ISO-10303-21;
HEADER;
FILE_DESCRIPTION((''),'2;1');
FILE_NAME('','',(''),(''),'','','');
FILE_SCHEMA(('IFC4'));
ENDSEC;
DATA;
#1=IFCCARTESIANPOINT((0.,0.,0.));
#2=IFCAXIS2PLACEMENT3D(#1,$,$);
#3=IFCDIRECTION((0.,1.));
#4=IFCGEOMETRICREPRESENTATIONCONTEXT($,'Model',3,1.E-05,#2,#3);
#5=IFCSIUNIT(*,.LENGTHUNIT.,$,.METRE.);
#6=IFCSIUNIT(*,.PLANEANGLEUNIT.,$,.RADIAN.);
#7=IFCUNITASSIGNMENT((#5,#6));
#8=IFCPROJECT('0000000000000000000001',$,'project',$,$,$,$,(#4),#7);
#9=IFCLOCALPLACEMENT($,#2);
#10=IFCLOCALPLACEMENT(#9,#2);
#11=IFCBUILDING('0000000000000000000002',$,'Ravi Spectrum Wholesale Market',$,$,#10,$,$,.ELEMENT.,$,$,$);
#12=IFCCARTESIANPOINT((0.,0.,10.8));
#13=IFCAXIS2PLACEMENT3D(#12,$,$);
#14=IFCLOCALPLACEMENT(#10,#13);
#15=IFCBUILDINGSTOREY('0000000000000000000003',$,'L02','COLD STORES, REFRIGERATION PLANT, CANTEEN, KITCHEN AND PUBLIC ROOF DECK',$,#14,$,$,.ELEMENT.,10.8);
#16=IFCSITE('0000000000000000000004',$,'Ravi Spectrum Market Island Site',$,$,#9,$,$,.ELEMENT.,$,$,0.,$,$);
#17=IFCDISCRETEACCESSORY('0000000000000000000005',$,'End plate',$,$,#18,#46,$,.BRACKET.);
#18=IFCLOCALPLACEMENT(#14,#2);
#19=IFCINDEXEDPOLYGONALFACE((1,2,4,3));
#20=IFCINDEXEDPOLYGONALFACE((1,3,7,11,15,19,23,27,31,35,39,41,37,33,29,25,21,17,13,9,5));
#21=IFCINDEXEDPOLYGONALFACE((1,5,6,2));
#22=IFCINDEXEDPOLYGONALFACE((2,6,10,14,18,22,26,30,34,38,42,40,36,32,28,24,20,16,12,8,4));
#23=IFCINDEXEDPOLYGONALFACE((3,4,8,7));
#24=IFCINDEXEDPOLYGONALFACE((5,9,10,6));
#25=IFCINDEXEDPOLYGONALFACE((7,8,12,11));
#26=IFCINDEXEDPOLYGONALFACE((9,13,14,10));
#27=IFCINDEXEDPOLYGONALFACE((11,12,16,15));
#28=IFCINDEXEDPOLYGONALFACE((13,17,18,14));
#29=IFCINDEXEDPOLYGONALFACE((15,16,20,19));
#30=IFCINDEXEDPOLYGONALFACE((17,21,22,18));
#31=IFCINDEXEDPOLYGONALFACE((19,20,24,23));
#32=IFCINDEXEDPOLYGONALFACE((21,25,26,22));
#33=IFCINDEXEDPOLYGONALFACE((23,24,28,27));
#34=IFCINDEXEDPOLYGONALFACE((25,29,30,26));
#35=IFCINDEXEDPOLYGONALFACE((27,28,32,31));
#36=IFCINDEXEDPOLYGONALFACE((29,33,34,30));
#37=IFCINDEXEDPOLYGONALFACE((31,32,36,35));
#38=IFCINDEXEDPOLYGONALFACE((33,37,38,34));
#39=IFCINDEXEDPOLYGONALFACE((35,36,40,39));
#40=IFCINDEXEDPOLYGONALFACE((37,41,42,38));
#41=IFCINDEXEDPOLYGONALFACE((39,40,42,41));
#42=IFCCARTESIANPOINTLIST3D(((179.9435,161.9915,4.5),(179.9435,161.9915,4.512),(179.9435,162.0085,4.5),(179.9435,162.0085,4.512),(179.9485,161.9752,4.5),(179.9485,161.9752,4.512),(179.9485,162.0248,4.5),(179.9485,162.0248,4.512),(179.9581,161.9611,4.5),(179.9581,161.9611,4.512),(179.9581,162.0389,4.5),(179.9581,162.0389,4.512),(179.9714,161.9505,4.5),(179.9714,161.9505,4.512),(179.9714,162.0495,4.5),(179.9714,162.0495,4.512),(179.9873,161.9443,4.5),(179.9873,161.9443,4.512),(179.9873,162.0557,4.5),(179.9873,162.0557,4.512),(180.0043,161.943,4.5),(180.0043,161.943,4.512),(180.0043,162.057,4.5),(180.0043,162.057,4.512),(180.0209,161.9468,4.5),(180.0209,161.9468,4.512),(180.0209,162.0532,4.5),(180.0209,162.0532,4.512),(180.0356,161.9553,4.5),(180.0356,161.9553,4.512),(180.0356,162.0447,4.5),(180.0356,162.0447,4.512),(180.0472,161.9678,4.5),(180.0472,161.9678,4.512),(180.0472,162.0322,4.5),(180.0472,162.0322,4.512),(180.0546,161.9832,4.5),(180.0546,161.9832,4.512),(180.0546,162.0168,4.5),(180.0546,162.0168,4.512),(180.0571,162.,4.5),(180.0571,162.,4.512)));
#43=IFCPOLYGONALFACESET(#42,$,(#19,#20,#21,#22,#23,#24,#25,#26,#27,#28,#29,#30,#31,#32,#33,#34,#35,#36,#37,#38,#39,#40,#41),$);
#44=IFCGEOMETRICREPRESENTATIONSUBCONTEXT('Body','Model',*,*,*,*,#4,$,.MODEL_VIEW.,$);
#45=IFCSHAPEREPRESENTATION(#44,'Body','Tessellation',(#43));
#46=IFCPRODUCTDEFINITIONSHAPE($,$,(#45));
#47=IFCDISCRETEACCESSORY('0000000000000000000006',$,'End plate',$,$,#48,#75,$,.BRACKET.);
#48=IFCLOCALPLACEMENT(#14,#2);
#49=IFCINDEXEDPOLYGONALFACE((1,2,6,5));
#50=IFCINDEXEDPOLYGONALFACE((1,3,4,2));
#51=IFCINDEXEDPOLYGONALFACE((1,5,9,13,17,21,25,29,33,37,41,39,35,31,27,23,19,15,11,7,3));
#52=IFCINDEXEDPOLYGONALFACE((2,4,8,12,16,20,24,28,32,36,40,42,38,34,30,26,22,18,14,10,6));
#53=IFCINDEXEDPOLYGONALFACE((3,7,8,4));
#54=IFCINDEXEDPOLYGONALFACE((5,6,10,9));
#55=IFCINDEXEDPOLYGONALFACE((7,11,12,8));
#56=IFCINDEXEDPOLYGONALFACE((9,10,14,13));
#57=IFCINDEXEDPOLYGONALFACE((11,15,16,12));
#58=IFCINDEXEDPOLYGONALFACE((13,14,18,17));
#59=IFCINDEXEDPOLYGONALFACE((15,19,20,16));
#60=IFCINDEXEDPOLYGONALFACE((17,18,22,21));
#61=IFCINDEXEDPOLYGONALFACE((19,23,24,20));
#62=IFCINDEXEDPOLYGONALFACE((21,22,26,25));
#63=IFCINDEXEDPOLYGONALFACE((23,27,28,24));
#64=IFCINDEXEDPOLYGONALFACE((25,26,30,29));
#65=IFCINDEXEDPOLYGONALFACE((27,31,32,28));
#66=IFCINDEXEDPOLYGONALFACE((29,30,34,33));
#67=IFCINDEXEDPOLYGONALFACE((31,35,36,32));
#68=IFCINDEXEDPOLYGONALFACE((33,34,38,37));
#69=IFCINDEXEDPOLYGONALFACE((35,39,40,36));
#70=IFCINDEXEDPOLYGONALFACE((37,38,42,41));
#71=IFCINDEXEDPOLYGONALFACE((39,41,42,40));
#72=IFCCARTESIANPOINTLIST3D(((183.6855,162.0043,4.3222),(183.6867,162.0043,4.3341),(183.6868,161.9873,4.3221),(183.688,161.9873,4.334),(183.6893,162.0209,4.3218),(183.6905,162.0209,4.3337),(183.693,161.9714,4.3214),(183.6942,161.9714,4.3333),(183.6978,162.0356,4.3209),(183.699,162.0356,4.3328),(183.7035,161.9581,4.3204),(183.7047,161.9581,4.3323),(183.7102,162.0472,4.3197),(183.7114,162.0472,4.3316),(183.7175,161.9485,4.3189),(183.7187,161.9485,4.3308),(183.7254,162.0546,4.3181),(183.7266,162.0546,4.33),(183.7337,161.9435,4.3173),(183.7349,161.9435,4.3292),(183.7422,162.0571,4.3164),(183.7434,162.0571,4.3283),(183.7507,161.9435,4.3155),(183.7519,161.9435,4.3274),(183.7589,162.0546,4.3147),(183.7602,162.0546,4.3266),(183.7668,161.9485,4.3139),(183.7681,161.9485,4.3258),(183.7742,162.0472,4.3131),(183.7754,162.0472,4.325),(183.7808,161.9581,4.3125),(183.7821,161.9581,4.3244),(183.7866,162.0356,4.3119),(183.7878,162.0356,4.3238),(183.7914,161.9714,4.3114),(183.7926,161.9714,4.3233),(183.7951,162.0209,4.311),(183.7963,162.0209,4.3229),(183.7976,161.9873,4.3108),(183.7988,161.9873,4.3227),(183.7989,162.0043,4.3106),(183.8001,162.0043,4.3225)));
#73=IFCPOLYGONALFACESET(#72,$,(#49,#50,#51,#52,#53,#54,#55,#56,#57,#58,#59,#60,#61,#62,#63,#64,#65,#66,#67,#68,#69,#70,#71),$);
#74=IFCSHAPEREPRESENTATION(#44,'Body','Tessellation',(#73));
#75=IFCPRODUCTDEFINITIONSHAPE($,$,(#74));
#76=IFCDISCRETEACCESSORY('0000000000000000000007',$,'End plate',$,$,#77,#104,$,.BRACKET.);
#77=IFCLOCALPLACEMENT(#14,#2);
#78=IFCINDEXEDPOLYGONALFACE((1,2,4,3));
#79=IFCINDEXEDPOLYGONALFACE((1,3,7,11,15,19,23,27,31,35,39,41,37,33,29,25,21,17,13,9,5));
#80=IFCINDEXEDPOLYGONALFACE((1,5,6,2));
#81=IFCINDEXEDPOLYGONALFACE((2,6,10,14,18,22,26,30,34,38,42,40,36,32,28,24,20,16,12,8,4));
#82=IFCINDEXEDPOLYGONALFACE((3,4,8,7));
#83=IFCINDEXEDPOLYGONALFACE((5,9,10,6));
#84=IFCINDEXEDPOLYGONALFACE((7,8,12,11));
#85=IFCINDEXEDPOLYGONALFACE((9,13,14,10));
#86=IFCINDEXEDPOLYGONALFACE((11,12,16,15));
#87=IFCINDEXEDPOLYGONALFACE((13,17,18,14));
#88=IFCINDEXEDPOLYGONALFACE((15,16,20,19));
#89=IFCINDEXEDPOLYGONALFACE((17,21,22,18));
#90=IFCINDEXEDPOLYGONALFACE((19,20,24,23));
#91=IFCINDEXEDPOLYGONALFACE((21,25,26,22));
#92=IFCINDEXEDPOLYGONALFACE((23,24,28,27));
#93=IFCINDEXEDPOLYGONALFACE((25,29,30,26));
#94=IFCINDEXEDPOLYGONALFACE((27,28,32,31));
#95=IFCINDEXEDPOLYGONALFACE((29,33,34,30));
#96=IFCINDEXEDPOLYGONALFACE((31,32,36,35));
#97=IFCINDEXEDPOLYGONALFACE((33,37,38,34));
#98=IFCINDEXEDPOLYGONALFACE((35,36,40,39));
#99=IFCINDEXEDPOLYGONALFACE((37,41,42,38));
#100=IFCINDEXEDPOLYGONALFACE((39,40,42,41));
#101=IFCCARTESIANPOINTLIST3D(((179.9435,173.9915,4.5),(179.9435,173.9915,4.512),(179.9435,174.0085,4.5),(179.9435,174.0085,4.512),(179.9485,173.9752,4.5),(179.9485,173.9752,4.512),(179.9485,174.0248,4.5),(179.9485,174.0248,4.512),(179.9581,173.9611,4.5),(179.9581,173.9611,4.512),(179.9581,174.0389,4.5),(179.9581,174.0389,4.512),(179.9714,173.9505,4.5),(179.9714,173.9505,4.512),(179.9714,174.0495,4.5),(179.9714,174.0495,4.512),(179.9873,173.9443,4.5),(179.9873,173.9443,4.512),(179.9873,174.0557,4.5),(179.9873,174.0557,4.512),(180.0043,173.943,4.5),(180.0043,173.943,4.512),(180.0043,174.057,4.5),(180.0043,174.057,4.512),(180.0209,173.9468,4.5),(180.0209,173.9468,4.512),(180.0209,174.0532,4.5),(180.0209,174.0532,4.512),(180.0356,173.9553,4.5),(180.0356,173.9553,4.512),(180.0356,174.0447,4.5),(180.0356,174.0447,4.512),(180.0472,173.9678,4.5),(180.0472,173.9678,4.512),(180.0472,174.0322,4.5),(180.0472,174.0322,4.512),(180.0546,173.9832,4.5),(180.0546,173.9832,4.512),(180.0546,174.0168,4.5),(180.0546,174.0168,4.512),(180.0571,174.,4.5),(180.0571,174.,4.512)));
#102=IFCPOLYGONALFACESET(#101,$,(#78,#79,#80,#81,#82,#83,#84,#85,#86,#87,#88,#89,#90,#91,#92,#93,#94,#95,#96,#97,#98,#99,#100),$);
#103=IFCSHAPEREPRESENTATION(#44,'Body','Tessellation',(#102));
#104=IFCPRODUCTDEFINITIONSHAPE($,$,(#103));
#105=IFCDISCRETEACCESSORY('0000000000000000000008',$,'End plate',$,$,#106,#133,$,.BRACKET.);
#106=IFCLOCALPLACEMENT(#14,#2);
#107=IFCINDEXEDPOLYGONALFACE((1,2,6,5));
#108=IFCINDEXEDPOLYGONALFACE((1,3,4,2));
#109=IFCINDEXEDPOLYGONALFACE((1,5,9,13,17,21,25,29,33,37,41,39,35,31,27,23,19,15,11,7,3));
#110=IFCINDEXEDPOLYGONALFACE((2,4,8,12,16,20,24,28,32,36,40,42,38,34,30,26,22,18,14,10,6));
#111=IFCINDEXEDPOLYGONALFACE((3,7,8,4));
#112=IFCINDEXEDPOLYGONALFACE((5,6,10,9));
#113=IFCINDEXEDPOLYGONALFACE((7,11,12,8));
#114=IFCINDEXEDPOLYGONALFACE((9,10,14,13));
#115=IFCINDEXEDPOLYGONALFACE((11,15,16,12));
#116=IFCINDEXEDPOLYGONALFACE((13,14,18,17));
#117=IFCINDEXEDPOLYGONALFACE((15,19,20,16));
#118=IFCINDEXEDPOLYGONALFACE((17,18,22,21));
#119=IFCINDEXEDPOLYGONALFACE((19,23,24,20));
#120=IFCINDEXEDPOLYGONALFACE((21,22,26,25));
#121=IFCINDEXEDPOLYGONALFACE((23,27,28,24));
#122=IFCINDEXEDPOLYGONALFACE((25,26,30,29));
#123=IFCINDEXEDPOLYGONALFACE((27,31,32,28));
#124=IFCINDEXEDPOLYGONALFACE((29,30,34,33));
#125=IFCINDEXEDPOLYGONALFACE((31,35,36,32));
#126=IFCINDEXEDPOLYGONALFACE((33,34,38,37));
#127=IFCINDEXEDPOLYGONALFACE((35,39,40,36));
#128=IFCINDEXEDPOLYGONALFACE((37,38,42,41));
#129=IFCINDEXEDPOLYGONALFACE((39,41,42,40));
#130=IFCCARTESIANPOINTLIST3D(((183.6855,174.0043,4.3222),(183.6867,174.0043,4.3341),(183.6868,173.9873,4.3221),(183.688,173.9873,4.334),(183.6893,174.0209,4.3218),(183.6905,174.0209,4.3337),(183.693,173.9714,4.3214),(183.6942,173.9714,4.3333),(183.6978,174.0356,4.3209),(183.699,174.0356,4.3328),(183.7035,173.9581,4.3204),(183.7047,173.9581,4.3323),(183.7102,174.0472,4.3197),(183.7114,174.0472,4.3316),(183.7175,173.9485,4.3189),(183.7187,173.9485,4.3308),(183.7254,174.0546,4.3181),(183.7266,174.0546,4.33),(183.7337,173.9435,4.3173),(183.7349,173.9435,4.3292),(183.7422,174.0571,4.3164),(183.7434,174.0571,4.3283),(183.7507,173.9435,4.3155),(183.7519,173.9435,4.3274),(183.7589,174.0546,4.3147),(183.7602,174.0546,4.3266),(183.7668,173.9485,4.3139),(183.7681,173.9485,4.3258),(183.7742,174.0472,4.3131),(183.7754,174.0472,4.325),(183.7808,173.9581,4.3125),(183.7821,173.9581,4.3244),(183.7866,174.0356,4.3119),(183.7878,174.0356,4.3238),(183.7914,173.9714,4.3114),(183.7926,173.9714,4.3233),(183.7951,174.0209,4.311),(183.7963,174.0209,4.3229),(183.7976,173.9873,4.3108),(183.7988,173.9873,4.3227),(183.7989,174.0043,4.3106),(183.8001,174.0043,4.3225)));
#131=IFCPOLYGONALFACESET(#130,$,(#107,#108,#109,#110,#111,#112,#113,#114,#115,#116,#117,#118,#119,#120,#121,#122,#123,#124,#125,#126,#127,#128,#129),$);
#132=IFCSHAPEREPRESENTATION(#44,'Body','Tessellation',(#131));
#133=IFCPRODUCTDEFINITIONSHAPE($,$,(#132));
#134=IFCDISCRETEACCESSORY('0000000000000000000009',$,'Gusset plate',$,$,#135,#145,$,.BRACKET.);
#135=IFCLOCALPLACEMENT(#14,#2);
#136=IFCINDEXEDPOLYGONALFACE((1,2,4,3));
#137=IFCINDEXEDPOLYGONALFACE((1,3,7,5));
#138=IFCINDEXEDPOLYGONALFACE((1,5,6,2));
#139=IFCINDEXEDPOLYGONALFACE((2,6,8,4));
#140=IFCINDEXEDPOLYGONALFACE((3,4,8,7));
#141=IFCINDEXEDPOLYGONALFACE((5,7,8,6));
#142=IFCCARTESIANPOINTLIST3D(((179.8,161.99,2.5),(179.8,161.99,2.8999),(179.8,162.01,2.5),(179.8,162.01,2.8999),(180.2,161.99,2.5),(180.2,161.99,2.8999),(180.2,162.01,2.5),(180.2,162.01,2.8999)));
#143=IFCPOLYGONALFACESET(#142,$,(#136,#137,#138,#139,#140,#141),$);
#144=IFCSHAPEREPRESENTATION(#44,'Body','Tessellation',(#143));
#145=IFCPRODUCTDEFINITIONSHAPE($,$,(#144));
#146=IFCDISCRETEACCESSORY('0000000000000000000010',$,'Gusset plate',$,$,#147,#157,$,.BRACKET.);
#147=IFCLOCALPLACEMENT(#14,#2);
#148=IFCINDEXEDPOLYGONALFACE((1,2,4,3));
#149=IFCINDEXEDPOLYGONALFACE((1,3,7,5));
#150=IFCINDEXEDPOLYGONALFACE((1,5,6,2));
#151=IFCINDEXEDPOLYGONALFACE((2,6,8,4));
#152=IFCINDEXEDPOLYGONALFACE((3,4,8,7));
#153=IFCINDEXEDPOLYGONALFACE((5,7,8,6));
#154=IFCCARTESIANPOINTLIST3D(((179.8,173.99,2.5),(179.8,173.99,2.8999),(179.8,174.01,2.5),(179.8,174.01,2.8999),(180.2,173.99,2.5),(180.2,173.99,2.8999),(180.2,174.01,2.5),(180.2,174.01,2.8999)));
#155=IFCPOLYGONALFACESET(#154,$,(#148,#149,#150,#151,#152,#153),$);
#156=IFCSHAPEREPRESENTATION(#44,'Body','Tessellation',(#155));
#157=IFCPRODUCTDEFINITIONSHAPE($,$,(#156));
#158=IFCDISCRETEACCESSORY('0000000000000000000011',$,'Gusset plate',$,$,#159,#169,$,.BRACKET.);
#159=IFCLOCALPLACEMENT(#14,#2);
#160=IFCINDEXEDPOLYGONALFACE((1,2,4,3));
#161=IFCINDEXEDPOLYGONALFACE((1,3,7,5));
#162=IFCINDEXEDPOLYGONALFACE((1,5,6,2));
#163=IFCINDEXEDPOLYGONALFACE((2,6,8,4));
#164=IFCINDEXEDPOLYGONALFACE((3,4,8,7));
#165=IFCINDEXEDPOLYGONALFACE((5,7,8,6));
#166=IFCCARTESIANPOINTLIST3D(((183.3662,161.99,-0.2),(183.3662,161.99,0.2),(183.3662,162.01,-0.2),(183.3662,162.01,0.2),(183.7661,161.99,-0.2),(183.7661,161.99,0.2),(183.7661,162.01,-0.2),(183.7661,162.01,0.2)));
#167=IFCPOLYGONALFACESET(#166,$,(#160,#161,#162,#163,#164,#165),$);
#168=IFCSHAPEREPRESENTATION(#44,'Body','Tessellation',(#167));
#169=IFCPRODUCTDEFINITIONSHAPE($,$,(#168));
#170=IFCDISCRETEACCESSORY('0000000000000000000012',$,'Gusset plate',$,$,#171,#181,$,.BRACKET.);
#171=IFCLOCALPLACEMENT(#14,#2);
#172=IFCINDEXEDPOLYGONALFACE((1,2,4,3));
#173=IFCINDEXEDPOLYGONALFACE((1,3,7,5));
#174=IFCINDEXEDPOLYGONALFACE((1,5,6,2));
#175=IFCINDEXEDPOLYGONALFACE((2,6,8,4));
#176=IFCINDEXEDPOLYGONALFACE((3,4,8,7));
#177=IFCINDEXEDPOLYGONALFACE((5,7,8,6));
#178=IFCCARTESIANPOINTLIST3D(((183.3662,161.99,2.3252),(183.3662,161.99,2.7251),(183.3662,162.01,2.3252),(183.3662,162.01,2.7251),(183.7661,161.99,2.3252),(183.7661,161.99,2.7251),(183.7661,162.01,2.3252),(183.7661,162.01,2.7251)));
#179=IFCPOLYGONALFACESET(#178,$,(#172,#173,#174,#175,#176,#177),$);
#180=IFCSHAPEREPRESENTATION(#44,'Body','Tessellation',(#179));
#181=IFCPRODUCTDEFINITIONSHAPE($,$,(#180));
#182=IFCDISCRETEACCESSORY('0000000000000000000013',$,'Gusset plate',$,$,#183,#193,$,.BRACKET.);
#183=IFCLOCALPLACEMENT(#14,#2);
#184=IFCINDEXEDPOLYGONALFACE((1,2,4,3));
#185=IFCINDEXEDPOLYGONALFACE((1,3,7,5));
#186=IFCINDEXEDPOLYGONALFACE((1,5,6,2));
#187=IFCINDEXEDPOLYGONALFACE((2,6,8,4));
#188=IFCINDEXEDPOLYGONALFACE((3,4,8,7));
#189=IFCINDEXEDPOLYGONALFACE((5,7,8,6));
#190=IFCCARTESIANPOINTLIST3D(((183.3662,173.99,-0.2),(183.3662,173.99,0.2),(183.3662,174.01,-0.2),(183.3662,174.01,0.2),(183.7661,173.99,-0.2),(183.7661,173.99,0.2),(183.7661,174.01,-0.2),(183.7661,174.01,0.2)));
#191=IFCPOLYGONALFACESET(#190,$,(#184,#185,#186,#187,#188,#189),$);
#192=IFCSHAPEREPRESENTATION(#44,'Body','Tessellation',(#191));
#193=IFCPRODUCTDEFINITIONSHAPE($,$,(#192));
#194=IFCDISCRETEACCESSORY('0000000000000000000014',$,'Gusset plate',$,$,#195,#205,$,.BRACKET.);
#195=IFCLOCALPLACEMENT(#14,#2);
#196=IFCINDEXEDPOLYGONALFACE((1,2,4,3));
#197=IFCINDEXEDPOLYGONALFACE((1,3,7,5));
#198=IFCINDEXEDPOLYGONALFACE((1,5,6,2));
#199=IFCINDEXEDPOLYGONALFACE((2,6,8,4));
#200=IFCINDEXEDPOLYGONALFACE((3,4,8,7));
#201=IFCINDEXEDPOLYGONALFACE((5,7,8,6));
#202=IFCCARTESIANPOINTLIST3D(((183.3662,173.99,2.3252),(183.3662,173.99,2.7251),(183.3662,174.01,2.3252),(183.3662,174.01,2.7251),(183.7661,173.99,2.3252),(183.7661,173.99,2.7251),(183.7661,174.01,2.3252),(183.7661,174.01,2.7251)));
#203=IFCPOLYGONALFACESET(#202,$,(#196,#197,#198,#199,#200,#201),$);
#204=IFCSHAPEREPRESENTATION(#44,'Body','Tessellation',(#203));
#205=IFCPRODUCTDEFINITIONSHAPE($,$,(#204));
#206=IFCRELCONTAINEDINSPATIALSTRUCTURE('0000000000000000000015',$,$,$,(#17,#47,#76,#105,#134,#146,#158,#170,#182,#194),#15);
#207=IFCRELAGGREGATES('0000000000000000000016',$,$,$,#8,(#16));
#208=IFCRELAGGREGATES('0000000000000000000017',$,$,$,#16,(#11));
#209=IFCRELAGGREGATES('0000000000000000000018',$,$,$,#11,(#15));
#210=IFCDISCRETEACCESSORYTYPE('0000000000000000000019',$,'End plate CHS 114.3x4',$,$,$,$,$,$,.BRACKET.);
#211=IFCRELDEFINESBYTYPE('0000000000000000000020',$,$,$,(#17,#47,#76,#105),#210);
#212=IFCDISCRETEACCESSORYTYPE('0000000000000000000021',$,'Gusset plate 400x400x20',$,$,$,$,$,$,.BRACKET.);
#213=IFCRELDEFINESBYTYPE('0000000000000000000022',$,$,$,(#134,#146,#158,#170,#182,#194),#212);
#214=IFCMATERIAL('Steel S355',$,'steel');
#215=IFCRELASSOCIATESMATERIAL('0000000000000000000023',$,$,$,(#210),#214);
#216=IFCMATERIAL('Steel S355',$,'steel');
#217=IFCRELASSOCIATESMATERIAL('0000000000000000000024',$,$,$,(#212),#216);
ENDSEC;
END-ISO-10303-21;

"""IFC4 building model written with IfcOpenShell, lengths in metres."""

from ifc_helpers import new_model, si_unit, direction, frame, origin, origin_2d, place, context, subcontext, project, spatial, rectangle, circle, extrude, material, material_profile, profile_set, type_object, element, save


model = new_model("IFC4")

# Units and contexts
model_context = context("Model", 3, precision=1e-05, world=origin(), true_north=direction((0.0, 1.0)))
body_context = subcontext(model_context, "Body", "Model", "MODEL_VIEW")
ifc_project = project(units=[si_unit("LENGTHUNIT", "METRE"), si_unit("PLANEANGLEUNIT", "RADIAN")], contexts=[model_context])

# Site, building, storey
site_placement = place(None, origin())
site = spatial("IfcSite", under=ifc_project, at=site_placement, Name="Ravi Spectrum Market Island Site", CompositionType="ELEMENT", RefElevation=0.0)
building_placement = place(site_placement, origin())
building = spatial("IfcBuilding", under=site, at=building_placement, Name="Ravi Spectrum Wholesale Market", CompositionType="ELEMENT")
storey_placement = place(building_placement, frame((0.0, 0.0, 10.8)))
storey = spatial("IfcBuildingStorey", under=building, at=storey_placement, Name="L02", Description="COLD STORES, REFRIGERATION PLANT, CANTEEN, KITCHEN AND PUBLIC ROOF DECK", CompositionType="ELEMENT", Elevation=10.8)

# Discrete accessories
ifc_material_1 = material(Name="Steel S355", Category="steel")
ifc_material_profile_1 = material_profile(ifc_material_1, circle(Radius=0.0571, at=origin_2d()))
ifc_profile_set_1 = profile_set([ifc_material_profile_1], Name="Steel S355")
discrete_accessory_type_1 = type_object("IfcDiscreteAccessoryType", Name="End plate CHS 114.3x4", PredefinedType="BRACKET", material=ifc_profile_set_1)
for number, where, z_axis, x_axis, name in (
    (1, (180.0, 162.0, 4.5), (0.0, 0.0, 1.0), (1.0, 0.0, 0.0), "End plate"),
    (2, (183.7422, 162.0, 4.3164), (0.101514, 0.0, 0.994834), (0.0, 1.0, 0.0), "End plate"),
    (3, (180.0, 174.0, 4.5), (0.0, 0.0, 1.0), (1.0, 0.0, 0.0), "End plate"),
    (4, (183.7422, 174.0, 4.3164), (0.101514, 0.0, 0.994834), (0.0, 1.0, 0.0), "End plate"),
):
    element("IfcDiscreteAccessory", number, at=place(storey_placement, frame(where, z_axis=z_axis, x_axis=x_axis)), inside=storey, type_object=discrete_accessory_type_1, Name=name, PredefinedType="BRACKET", context=body_context, shape_type="SweptSolid", body=[
        extrude(circle(Radius=0.0571, at=origin_2d()), origin(), (0.0, 0.0, 1.0), 0.012),
    ])
ifc_material_2 = material(Name="Steel S355", Category="steel")
ifc_material_profile_2 = material_profile(ifc_material_2, rectangle(XDim=0.3999, YDim=0.02, at=origin_2d()))
ifc_profile_set_2 = profile_set([ifc_material_profile_2], Name="Steel S355")
discrete_accessory_type_2 = type_object("IfcDiscreteAccessoryType", Name="Gusset plate 400x400x20", PredefinedType="BRACKET", material=ifc_profile_set_2)
for number, where, z_axis, x_axis, name in (
    (5, (180.0, 162.0, 2.5), (0.0, 0.0, 1.0), (1.0, 0.0, 0.0), "Gusset plate"),
    (6, (180.0, 174.0, 2.5), (0.0, 0.0, 1.0), (1.0, 0.0, 0.0), "Gusset plate"),
    (7, (183.5662, 162.0, -0.2), (0.0, 0.0, 1.0), (1.0, 0.0, 0.0), "Gusset plate"),
    (8, (183.5662, 162.0, 2.3252), (0.0, 0.0, 1.0), (-1.0, 0.0, 0.0), "Gusset plate"),
    (9, (183.5662, 174.0, -0.2), (0.0, 0.0, 1.0), (1.0, 0.0, 0.0), "Gusset plate"),
    (10, (183.5662, 174.0, 2.3252), (0.0, 0.0, 1.0), (-1.0, 0.0, 0.0), "Gusset plate"),
):
    element("IfcDiscreteAccessory", number, at=place(storey_placement, frame(where, z_axis=z_axis, x_axis=x_axis)), inside=storey, type_object=discrete_accessory_type_2, Name=name, PredefinedType="BRACKET", context=body_context, shape_type="SweptSolid", body=[
        extrude(rectangle(XDim=0.3999, YDim=0.02, at=origin_2d()), origin(), (0.0, 0.0, 1.0), 0.3999),
    ])

save(model, "model.ifc")
